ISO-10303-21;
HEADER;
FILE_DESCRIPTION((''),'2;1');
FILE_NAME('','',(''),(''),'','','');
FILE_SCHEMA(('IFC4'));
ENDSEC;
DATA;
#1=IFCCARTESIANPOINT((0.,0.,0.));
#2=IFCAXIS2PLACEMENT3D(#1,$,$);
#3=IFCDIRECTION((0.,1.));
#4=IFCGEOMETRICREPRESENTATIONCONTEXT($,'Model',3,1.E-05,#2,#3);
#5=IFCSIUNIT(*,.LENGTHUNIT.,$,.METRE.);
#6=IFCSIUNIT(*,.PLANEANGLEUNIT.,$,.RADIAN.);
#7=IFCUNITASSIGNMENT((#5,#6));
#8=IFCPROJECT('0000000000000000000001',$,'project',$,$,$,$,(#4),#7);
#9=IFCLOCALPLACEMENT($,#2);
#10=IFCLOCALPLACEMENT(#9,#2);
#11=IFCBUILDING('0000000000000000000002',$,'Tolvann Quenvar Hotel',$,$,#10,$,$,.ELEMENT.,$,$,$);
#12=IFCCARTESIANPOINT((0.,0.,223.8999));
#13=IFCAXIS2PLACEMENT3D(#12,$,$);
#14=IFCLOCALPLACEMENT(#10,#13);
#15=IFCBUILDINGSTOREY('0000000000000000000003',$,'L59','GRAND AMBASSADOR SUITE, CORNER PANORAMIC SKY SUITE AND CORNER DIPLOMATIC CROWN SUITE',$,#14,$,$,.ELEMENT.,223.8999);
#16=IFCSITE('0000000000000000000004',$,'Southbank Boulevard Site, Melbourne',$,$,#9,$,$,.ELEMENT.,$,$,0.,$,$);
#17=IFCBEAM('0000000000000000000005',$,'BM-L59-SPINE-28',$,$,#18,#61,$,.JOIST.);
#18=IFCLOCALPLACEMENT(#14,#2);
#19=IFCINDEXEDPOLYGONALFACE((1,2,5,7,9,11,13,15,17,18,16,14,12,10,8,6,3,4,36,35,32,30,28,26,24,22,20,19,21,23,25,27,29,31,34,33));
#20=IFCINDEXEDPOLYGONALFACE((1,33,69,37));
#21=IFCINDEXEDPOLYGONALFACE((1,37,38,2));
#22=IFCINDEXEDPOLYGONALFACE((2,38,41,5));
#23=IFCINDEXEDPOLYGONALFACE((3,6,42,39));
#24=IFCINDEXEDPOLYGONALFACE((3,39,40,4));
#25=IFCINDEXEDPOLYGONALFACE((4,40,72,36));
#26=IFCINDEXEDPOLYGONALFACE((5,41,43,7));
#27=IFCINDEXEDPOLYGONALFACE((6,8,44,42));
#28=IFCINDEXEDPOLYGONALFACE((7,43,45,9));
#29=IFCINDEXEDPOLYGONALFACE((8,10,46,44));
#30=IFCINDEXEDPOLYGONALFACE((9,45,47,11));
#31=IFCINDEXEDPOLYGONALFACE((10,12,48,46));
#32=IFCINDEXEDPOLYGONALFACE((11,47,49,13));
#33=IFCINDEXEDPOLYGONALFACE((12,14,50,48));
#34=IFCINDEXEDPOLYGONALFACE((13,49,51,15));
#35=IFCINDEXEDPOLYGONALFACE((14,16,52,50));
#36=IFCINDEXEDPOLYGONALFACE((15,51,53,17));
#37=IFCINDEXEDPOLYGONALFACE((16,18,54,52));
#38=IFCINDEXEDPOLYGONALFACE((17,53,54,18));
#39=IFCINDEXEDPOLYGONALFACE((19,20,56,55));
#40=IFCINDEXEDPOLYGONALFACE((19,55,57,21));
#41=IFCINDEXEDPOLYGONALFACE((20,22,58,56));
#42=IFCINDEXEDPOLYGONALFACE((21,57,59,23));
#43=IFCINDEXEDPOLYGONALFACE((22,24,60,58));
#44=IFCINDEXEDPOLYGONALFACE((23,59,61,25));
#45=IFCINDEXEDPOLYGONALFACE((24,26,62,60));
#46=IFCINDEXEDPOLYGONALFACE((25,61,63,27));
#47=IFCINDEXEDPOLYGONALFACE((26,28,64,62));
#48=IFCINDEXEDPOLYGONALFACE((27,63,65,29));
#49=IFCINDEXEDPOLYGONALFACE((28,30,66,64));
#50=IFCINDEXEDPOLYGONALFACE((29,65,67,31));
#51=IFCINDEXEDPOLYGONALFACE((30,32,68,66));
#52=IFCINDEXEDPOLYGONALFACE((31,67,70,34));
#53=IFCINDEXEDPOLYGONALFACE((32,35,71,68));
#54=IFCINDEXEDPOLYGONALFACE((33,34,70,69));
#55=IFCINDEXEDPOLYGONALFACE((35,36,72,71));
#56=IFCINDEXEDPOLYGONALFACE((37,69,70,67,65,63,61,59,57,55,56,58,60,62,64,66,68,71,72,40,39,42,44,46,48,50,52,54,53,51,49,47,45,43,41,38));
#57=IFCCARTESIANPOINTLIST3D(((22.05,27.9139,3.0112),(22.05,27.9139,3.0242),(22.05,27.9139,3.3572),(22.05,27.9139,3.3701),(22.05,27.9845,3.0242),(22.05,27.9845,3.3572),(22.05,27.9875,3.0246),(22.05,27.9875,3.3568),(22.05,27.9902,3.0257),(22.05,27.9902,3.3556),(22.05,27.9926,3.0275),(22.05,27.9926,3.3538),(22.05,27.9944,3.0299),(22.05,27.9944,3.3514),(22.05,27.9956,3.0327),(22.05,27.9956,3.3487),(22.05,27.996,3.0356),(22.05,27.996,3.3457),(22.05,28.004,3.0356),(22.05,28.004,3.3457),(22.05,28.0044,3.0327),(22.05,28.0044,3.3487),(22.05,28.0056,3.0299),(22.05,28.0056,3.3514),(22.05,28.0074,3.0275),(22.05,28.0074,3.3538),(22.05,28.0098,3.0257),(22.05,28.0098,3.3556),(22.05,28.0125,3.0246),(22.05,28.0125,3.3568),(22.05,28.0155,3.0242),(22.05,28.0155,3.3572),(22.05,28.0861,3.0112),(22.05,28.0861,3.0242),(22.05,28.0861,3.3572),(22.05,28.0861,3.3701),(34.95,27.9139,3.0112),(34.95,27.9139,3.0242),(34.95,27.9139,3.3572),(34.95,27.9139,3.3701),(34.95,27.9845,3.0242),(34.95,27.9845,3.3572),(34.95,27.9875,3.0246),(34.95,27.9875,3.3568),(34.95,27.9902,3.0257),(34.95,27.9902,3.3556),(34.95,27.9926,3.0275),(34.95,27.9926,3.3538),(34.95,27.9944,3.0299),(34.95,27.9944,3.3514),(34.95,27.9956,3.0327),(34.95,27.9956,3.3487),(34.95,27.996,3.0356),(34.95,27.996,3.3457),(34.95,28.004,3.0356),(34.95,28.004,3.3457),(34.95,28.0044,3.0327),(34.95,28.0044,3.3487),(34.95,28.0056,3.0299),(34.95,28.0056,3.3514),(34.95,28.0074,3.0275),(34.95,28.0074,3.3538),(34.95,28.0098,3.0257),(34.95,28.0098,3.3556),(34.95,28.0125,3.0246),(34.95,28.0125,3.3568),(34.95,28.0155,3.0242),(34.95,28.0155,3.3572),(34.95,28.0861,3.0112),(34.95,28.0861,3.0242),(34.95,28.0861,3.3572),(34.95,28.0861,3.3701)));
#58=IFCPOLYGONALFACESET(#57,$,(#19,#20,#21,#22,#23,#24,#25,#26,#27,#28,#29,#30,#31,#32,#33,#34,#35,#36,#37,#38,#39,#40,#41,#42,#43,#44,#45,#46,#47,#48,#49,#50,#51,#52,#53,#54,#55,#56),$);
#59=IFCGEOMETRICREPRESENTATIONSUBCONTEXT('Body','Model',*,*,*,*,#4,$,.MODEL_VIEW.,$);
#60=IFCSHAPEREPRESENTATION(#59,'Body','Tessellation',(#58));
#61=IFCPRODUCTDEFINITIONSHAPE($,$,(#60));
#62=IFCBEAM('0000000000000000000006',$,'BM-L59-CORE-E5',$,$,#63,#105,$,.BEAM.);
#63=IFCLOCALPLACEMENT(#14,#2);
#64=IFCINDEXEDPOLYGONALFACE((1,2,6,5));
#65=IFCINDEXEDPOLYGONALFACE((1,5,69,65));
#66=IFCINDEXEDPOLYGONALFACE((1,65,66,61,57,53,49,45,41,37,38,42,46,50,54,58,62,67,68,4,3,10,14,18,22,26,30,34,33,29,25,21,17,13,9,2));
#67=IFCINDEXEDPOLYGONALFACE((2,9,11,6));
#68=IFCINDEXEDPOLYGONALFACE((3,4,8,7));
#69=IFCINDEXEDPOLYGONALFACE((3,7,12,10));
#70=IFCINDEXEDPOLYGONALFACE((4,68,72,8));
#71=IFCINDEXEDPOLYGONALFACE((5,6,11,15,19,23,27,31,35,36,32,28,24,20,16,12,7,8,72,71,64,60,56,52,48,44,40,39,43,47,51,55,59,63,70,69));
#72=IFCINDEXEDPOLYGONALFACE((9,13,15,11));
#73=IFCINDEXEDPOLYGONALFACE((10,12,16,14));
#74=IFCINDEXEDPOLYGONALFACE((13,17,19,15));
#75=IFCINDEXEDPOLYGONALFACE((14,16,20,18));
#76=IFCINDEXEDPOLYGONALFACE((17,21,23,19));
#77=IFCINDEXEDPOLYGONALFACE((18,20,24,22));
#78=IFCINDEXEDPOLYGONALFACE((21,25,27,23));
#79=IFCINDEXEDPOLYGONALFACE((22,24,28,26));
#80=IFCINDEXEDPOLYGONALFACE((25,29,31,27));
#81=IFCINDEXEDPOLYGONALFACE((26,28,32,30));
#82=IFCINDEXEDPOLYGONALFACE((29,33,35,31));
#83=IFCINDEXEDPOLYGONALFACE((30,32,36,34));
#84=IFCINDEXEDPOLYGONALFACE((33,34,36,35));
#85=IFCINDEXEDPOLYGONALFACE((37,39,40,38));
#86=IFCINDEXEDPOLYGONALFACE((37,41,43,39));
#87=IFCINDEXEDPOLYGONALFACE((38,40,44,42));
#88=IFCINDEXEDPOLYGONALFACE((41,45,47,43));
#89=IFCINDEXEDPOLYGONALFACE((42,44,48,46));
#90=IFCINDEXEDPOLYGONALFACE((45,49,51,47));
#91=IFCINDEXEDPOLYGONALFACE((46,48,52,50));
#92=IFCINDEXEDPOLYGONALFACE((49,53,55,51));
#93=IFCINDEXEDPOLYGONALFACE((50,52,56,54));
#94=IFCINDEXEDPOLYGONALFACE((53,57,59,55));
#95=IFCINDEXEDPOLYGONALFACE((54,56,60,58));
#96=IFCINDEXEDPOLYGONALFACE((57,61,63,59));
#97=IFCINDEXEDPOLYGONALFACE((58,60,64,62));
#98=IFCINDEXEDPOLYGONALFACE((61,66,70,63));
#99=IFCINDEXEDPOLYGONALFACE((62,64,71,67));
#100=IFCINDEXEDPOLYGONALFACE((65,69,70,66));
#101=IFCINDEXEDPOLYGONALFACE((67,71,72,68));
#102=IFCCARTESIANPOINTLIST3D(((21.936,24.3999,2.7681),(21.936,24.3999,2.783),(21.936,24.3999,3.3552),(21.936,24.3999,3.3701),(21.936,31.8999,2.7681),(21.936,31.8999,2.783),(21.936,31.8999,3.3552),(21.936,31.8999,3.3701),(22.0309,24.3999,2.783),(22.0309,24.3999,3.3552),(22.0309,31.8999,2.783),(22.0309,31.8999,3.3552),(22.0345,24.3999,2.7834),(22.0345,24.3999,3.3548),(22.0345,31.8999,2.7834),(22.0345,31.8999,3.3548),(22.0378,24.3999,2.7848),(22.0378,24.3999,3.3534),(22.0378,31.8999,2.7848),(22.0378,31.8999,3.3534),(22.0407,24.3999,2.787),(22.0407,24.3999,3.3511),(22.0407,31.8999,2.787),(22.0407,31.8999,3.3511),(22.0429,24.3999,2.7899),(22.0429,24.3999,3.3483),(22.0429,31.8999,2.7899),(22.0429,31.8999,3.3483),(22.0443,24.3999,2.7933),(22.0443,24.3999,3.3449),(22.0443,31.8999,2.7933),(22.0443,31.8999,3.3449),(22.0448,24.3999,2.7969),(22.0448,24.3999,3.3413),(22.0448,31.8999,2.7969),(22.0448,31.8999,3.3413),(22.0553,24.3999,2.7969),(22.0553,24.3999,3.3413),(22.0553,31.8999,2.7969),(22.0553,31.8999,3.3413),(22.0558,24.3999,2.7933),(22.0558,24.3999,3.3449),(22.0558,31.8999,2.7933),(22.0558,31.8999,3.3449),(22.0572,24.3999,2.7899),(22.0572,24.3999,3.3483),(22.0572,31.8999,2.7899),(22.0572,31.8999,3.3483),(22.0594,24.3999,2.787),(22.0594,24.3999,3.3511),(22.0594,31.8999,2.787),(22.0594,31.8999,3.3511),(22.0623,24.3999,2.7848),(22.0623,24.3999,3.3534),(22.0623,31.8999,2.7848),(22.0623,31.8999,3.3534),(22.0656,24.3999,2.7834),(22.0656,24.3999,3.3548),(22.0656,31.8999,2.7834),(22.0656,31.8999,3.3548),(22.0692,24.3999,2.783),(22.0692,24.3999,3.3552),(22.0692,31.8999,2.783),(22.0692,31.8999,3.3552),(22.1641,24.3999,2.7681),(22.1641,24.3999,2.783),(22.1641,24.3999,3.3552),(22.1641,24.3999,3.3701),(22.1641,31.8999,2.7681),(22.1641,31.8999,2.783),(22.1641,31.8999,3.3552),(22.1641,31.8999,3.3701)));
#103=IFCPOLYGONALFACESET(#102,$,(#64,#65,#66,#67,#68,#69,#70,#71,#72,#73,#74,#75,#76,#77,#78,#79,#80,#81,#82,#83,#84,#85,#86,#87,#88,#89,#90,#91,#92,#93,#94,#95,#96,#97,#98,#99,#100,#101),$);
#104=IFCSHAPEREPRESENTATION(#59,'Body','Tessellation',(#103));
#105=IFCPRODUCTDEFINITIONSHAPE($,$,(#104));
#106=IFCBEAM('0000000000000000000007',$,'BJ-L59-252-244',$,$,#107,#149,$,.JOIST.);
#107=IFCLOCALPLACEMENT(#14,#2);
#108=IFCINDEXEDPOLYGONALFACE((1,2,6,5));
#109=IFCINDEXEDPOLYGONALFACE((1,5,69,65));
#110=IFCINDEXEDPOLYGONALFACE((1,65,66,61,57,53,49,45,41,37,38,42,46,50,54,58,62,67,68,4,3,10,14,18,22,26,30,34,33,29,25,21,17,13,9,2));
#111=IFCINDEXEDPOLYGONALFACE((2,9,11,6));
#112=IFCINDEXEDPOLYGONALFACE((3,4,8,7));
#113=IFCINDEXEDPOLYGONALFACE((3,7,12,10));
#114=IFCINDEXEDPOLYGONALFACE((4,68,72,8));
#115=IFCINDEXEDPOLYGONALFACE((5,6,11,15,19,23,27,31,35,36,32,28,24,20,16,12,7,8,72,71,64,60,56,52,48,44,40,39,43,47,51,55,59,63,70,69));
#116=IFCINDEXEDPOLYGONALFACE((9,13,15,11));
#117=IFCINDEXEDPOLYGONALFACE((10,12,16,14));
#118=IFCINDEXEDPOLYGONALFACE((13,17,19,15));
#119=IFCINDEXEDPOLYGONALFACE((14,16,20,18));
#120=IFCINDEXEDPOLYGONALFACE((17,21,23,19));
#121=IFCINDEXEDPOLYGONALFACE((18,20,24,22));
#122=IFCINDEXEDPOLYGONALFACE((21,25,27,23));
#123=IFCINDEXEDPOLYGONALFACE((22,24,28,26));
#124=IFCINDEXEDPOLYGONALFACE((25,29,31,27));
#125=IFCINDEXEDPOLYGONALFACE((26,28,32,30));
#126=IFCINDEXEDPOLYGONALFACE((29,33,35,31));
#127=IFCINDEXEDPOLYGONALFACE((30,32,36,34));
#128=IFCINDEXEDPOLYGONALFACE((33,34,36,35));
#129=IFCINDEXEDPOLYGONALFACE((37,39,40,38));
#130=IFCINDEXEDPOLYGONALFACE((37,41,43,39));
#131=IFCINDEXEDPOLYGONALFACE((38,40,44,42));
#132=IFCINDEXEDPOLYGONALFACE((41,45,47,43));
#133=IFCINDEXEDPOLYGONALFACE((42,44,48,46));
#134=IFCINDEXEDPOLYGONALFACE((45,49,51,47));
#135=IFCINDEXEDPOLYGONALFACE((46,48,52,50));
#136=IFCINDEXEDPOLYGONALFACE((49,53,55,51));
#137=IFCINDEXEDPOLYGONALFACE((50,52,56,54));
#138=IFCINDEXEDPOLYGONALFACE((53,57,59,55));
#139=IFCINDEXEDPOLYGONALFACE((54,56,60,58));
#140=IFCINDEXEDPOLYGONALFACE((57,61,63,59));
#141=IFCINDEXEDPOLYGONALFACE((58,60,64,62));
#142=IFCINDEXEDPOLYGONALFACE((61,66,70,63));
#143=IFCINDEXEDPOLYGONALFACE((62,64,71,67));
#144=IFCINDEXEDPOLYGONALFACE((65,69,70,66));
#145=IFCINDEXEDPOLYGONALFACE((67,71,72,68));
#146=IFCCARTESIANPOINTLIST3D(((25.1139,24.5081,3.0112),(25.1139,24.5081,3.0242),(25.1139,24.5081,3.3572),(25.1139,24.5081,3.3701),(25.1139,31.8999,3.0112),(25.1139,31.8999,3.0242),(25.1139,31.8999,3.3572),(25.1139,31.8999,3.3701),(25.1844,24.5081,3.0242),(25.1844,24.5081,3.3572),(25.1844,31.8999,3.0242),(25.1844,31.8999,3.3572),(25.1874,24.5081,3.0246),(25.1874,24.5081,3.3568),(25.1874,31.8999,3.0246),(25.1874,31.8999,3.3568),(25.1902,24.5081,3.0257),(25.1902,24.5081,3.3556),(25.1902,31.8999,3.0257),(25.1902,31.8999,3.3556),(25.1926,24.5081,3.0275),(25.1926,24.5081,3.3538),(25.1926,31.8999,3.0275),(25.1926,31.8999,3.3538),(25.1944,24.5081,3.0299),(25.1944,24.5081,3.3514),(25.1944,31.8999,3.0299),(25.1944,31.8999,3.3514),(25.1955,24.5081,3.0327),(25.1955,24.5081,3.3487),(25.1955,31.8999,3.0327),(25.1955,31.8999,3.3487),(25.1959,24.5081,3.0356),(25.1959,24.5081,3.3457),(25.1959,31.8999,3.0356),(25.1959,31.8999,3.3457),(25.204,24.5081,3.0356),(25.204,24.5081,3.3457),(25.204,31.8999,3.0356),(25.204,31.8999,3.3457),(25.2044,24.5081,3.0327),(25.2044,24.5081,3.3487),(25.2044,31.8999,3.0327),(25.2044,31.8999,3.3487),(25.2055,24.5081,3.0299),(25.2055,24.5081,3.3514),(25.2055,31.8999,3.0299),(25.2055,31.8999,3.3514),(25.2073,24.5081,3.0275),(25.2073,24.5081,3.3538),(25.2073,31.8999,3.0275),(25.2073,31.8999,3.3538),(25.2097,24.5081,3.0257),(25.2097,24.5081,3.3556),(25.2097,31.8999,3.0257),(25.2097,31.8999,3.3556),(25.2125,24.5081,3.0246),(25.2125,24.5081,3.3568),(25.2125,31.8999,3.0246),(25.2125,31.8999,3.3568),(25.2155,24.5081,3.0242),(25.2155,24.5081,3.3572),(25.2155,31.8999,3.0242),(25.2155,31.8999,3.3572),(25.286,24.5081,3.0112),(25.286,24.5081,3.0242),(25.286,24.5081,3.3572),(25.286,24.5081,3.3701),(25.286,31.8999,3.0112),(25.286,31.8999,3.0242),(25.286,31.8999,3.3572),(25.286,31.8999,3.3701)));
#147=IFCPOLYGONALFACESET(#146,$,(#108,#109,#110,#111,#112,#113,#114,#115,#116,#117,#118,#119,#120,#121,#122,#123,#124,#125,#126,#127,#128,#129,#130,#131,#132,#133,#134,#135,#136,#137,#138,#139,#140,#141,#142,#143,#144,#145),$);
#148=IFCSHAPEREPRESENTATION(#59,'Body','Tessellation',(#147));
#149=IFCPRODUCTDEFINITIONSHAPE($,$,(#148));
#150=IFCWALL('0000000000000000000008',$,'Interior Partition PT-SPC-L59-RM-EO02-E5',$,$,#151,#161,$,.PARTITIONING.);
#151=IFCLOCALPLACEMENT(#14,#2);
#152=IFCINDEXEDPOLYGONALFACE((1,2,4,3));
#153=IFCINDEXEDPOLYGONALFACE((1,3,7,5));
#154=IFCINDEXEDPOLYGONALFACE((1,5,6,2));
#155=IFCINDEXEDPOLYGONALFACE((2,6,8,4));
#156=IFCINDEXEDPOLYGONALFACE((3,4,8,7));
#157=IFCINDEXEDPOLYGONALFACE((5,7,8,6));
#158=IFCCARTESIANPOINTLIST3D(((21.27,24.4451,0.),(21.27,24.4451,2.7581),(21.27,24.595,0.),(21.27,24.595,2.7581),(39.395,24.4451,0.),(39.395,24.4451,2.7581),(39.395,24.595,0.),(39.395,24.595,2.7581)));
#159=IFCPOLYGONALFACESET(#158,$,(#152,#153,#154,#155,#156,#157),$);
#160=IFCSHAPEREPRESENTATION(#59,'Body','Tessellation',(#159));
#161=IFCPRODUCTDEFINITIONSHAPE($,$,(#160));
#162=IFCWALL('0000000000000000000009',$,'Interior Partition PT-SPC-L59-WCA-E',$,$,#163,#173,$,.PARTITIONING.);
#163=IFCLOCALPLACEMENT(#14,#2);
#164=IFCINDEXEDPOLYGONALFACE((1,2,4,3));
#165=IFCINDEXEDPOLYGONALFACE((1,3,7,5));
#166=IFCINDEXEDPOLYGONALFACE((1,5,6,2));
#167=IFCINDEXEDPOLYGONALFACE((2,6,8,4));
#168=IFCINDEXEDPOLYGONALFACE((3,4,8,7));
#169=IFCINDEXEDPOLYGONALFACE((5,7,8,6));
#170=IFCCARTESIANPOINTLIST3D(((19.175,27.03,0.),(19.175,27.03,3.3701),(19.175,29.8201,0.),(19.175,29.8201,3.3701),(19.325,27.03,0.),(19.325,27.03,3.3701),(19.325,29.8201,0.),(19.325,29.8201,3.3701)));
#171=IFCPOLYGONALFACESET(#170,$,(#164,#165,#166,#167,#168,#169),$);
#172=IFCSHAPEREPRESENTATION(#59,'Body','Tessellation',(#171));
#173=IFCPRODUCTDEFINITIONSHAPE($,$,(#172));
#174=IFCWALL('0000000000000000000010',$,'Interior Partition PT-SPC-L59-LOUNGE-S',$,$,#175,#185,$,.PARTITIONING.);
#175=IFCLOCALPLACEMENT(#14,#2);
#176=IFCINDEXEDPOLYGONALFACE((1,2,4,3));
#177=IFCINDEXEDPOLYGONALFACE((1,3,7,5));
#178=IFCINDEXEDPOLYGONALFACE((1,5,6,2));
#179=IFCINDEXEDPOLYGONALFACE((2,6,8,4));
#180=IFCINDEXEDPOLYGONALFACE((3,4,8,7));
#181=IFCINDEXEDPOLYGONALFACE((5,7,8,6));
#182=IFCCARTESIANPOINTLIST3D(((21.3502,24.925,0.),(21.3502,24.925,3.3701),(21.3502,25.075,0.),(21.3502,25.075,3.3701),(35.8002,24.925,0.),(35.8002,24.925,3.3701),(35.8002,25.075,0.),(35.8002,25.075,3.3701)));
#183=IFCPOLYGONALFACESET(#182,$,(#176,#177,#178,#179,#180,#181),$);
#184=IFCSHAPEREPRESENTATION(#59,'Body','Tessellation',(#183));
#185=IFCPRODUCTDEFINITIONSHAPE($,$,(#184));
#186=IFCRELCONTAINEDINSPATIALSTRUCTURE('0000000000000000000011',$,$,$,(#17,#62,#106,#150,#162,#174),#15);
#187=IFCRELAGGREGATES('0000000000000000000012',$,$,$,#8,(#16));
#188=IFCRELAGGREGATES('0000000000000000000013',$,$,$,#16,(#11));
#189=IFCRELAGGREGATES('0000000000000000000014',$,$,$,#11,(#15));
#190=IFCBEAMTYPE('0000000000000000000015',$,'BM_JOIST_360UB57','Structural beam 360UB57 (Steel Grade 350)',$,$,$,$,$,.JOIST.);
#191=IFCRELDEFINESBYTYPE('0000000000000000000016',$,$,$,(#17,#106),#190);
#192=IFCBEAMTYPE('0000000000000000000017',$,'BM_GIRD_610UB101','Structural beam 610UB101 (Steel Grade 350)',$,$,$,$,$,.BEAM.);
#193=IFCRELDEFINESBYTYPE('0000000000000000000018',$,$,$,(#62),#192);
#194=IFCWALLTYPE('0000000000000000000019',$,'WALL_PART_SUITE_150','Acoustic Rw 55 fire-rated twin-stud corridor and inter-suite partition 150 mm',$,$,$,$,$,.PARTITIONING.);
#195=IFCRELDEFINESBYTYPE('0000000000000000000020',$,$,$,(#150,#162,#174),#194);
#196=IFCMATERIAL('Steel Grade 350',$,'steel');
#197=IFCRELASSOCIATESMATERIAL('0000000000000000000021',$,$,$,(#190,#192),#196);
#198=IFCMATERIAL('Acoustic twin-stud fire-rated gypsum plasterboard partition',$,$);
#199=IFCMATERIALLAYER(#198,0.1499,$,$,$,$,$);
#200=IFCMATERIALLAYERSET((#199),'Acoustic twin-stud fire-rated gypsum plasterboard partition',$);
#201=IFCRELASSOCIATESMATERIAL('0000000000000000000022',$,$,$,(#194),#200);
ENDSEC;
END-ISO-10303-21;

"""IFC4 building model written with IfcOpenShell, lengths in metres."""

from ifc_helpers import new_model, si_unit, direction, frame, frame_2d, origin, origin_2d, place, context, subcontext, project, spatial, rectangle, i_section, extrude, source, transform, mapped, material, layer, layer_set, material_profile, profile_set, type_object, type_shapes, element, save


model = new_model("IFC4")

# Units and contexts
model_context = context("Model", 3, precision=1e-05, world=origin(), true_north=direction((0.0, 1.0)))
body_context = subcontext(model_context, "Body", "Model", "MODEL_VIEW")
ifc_project = project(units=[si_unit("LENGTHUNIT", "METRE"), si_unit("PLANEANGLEUNIT", "RADIAN")], contexts=[model_context])

# Site, building, storey
site_placement = place(None, origin())
site = spatial("IfcSite", under=ifc_project, at=site_placement, Name="Southbank Boulevard Site, Melbourne", CompositionType="ELEMENT", RefElevation=0.0)
building_placement = place(site_placement, origin())
building = spatial("IfcBuilding", under=site, at=building_placement, Name="Tolvann Quenvar Hotel", CompositionType="ELEMENT")
storey_placement = place(building_placement, frame((0.0, 0.0, 223.8999)))
storey = spatial("IfcBuildingStorey", under=building, at=storey_placement, Name="L59", Description="GRAND AMBASSADOR SUITE, CORNER PANORAMIC SKY SUITE AND CORNER DIPLOMATIC CROWN SUITE", CompositionType="ELEMENT", Elevation=223.8999)

# Beams
ifc_material_1 = material(Name="Steel Grade 350", Category="steel")
ifc_material_profile_1 = material_profile(ifc_material_1, i_section(OverallWidth=0.1721, OverallDepth=0.3589, WebThickness=0.0081, FlangeThickness=0.0129, FilletRadius=0.0115, at=origin_2d()), Name="360UB57")
ifc_profile_set_1 = profile_set([ifc_material_profile_1], Name="Steel Grade 350")
beam_type_1 = type_object("IfcBeamType", Name="BM_JOIST_360UB57", Description="Structural beam 360UB57 (Steel Grade 350)", PredefinedType="JOIST", material=ifc_profile_set_1)
shared_shape_1 = source(origin(), body_context, "Body", "SweptSolid", [
    extrude(i_section(OverallWidth=0.1721, OverallDepth=0.3589, WebThickness=0.0081, FlangeThickness=0.0129, FilletRadius=0.0115, at=origin_2d()), origin(), (0.0, 0.0, 1.0), 12.8999),
])
beam_1_placement = place(storey_placement, frame((22.05, 28.0, 3.1907), z_axis=(1.0, 0.0, 0.0), x_axis=(0.0, 1.0, 0.0)))
element("IfcBeam", 1, at=beam_1_placement, inside=storey, type_object=beam_type_1, Name="BM-L59-SPINE-28", PredefinedType="JOIST", context=body_context, shape_type="MappedRepresentation", body=[
    mapped(shared_shape_1, transform((0.0, 0.0, 0.0), x_axis=(1.0, 0.0, 0.0), y_axis=(0.0, 1.0, 0.0), z_axis=(0.0, 0.0, 1.0), scale=1.0)),
])
ifc_material_profile_2 = material_profile(ifc_material_1, i_section(OverallWidth=0.228, OverallDepth=0.6021, WebThickness=0.0105, FlangeThickness=0.0149, FilletRadius=0.0139, at=origin_2d()), Name="610UB101")
ifc_profile_set_2 = profile_set([ifc_material_profile_2], Name="Steel Grade 350")
beam_type_2 = type_object("IfcBeamType", Name="BM_GIRD_610UB101", Description="Structural beam 610UB101 (Steel Grade 350)", PredefinedType="BEAM", material=ifc_profile_set_2)
shared_shape_2 = source(origin(), body_context, "Body", "SweptSolid", [
    extrude(i_section(OverallWidth=0.228, OverallDepth=0.6021, WebThickness=0.0105, FlangeThickness=0.0149, FilletRadius=0.0139, at=origin_2d()), origin(), (0.0, 0.0, 1.0), 7.5),
])
type_shapes(beam_type_2, [shared_shape_2])
beam_2_placement = place(storey_placement, frame((22.05, 24.3999, 3.0691), z_axis=(0.0, 1.0, 0.0), x_axis=(-1.0, 0.0, 0.0)))
element("IfcBeam", 2, at=beam_2_placement, inside=storey, type_object=beam_type_2, Name="BM-L59-CORE-E5", PredefinedType="BEAM", context=body_context, shape_type="MappedRepresentation", body=[
    mapped(shared_shape_2, transform((0.0, 0.0, 0.0), x_axis=(1.0, 0.0, 0.0), y_axis=(0.0, 1.0, 0.0), z_axis=(0.0, 0.0, 1.0), scale=1.0)),
])
shared_shape_3 = source(origin(), body_context, "Body", "SweptSolid", [
    extrude(i_section(OverallWidth=0.1721, OverallDepth=0.3589, WebThickness=0.0081, FlangeThickness=0.0129, FilletRadius=0.0115, at=origin_2d()), origin(), (0.0, 0.0, 1.0), 7.3918),
])
type_shapes(beam_type_1, [shared_shape_1, shared_shape_3])
beam_3_placement = place(storey_placement, frame((25.2, 24.5081, 3.1907), z_axis=(0.0, 1.0, 0.0), x_axis=(-1.0, 0.0, 0.0)))
element("IfcBeam", 3, at=beam_3_placement, inside=storey, type_object=beam_type_1, Name="BJ-L59-252-244", PredefinedType="JOIST", context=body_context, shape_type="MappedRepresentation", body=[
    mapped(shared_shape_3, transform((0.0, 0.0, 0.0), x_axis=(1.0, 0.0, 0.0), y_axis=(0.0, 1.0, 0.0), z_axis=(0.0, 0.0, 1.0), scale=1.0)),
])

# Walls
ifc_material_2 = material(Name="Acoustic twin-stud fire-rated gypsum plasterboard partition")
ifc_layer_1 = layer(ifc_material_2, 0.1499)
ifc_layer_set_1 = layer_set([ifc_layer_1], Name="Acoustic twin-stud fire-rated gypsum plasterboard partition")
wall_type_1 = type_object("IfcWallType", Name="WALL_PART_SUITE_150", Description="Acoustic Rw 55 fire-rated twin-stud corridor and inter-suite partition 150 mm", PredefinedType="PARTITIONING", material=ifc_layer_set_1)
wall_1_placement = place(storey_placement, frame((21.27, 24.52, 0.0), z_axis=(0.0, 0.0, 1.0), x_axis=(1.0, 0.0, 0.0)))
element("IfcWall", 4, at=wall_1_placement, inside=storey, type_object=wall_type_1, Name="Interior Partition PT-SPC-L59-RM-EO02-E5", PredefinedType="PARTITIONING", context=body_context, shape_type="SweptSolid", body=[
    extrude(rectangle(XDim=18.125, YDim=0.1499, at=frame_2d((9.0625, 0.0))), origin(), (0.0, 0.0, 1.0), 2.7581),
])
wall_2_placement = place(storey_placement, frame((19.25, 27.03, 0.0), z_axis=(0.0, 0.0, 1.0), x_axis=(0.0, 1.0, 0.0)))
element("IfcWall", 5, at=wall_2_placement, inside=storey, type_object=wall_type_1, Name="Interior Partition PT-SPC-L59-WCA-E", PredefinedType="PARTITIONING", context=body_context, shape_type="SweptSolid", body=[
    extrude(rectangle(XDim=2.79, YDim=0.1499, at=frame_2d((1.395, 0.0))), origin(), (0.0, 0.0, 1.0), 3.3701),
])
wall_3_placement = place(storey_placement, frame((21.3501, 25.0, 0.0), z_axis=(0.0, 0.0, 1.0), x_axis=(1.0, 0.0, 0.0)))
element("IfcWall", 6, at=wall_3_placement, inside=storey, type_object=wall_type_1, Name="Interior Partition PT-SPC-L59-LOUNGE-S", PredefinedType="PARTITIONING", context=body_context, shape_type="SweptSolid", body=[
    extrude(rectangle(XDim=14.45, YDim=0.1499, at=frame_2d((7.2251, 0.0))), origin(), (0.0, 0.0, 1.0), 3.3701),
])

save(model, "model.ifc")
